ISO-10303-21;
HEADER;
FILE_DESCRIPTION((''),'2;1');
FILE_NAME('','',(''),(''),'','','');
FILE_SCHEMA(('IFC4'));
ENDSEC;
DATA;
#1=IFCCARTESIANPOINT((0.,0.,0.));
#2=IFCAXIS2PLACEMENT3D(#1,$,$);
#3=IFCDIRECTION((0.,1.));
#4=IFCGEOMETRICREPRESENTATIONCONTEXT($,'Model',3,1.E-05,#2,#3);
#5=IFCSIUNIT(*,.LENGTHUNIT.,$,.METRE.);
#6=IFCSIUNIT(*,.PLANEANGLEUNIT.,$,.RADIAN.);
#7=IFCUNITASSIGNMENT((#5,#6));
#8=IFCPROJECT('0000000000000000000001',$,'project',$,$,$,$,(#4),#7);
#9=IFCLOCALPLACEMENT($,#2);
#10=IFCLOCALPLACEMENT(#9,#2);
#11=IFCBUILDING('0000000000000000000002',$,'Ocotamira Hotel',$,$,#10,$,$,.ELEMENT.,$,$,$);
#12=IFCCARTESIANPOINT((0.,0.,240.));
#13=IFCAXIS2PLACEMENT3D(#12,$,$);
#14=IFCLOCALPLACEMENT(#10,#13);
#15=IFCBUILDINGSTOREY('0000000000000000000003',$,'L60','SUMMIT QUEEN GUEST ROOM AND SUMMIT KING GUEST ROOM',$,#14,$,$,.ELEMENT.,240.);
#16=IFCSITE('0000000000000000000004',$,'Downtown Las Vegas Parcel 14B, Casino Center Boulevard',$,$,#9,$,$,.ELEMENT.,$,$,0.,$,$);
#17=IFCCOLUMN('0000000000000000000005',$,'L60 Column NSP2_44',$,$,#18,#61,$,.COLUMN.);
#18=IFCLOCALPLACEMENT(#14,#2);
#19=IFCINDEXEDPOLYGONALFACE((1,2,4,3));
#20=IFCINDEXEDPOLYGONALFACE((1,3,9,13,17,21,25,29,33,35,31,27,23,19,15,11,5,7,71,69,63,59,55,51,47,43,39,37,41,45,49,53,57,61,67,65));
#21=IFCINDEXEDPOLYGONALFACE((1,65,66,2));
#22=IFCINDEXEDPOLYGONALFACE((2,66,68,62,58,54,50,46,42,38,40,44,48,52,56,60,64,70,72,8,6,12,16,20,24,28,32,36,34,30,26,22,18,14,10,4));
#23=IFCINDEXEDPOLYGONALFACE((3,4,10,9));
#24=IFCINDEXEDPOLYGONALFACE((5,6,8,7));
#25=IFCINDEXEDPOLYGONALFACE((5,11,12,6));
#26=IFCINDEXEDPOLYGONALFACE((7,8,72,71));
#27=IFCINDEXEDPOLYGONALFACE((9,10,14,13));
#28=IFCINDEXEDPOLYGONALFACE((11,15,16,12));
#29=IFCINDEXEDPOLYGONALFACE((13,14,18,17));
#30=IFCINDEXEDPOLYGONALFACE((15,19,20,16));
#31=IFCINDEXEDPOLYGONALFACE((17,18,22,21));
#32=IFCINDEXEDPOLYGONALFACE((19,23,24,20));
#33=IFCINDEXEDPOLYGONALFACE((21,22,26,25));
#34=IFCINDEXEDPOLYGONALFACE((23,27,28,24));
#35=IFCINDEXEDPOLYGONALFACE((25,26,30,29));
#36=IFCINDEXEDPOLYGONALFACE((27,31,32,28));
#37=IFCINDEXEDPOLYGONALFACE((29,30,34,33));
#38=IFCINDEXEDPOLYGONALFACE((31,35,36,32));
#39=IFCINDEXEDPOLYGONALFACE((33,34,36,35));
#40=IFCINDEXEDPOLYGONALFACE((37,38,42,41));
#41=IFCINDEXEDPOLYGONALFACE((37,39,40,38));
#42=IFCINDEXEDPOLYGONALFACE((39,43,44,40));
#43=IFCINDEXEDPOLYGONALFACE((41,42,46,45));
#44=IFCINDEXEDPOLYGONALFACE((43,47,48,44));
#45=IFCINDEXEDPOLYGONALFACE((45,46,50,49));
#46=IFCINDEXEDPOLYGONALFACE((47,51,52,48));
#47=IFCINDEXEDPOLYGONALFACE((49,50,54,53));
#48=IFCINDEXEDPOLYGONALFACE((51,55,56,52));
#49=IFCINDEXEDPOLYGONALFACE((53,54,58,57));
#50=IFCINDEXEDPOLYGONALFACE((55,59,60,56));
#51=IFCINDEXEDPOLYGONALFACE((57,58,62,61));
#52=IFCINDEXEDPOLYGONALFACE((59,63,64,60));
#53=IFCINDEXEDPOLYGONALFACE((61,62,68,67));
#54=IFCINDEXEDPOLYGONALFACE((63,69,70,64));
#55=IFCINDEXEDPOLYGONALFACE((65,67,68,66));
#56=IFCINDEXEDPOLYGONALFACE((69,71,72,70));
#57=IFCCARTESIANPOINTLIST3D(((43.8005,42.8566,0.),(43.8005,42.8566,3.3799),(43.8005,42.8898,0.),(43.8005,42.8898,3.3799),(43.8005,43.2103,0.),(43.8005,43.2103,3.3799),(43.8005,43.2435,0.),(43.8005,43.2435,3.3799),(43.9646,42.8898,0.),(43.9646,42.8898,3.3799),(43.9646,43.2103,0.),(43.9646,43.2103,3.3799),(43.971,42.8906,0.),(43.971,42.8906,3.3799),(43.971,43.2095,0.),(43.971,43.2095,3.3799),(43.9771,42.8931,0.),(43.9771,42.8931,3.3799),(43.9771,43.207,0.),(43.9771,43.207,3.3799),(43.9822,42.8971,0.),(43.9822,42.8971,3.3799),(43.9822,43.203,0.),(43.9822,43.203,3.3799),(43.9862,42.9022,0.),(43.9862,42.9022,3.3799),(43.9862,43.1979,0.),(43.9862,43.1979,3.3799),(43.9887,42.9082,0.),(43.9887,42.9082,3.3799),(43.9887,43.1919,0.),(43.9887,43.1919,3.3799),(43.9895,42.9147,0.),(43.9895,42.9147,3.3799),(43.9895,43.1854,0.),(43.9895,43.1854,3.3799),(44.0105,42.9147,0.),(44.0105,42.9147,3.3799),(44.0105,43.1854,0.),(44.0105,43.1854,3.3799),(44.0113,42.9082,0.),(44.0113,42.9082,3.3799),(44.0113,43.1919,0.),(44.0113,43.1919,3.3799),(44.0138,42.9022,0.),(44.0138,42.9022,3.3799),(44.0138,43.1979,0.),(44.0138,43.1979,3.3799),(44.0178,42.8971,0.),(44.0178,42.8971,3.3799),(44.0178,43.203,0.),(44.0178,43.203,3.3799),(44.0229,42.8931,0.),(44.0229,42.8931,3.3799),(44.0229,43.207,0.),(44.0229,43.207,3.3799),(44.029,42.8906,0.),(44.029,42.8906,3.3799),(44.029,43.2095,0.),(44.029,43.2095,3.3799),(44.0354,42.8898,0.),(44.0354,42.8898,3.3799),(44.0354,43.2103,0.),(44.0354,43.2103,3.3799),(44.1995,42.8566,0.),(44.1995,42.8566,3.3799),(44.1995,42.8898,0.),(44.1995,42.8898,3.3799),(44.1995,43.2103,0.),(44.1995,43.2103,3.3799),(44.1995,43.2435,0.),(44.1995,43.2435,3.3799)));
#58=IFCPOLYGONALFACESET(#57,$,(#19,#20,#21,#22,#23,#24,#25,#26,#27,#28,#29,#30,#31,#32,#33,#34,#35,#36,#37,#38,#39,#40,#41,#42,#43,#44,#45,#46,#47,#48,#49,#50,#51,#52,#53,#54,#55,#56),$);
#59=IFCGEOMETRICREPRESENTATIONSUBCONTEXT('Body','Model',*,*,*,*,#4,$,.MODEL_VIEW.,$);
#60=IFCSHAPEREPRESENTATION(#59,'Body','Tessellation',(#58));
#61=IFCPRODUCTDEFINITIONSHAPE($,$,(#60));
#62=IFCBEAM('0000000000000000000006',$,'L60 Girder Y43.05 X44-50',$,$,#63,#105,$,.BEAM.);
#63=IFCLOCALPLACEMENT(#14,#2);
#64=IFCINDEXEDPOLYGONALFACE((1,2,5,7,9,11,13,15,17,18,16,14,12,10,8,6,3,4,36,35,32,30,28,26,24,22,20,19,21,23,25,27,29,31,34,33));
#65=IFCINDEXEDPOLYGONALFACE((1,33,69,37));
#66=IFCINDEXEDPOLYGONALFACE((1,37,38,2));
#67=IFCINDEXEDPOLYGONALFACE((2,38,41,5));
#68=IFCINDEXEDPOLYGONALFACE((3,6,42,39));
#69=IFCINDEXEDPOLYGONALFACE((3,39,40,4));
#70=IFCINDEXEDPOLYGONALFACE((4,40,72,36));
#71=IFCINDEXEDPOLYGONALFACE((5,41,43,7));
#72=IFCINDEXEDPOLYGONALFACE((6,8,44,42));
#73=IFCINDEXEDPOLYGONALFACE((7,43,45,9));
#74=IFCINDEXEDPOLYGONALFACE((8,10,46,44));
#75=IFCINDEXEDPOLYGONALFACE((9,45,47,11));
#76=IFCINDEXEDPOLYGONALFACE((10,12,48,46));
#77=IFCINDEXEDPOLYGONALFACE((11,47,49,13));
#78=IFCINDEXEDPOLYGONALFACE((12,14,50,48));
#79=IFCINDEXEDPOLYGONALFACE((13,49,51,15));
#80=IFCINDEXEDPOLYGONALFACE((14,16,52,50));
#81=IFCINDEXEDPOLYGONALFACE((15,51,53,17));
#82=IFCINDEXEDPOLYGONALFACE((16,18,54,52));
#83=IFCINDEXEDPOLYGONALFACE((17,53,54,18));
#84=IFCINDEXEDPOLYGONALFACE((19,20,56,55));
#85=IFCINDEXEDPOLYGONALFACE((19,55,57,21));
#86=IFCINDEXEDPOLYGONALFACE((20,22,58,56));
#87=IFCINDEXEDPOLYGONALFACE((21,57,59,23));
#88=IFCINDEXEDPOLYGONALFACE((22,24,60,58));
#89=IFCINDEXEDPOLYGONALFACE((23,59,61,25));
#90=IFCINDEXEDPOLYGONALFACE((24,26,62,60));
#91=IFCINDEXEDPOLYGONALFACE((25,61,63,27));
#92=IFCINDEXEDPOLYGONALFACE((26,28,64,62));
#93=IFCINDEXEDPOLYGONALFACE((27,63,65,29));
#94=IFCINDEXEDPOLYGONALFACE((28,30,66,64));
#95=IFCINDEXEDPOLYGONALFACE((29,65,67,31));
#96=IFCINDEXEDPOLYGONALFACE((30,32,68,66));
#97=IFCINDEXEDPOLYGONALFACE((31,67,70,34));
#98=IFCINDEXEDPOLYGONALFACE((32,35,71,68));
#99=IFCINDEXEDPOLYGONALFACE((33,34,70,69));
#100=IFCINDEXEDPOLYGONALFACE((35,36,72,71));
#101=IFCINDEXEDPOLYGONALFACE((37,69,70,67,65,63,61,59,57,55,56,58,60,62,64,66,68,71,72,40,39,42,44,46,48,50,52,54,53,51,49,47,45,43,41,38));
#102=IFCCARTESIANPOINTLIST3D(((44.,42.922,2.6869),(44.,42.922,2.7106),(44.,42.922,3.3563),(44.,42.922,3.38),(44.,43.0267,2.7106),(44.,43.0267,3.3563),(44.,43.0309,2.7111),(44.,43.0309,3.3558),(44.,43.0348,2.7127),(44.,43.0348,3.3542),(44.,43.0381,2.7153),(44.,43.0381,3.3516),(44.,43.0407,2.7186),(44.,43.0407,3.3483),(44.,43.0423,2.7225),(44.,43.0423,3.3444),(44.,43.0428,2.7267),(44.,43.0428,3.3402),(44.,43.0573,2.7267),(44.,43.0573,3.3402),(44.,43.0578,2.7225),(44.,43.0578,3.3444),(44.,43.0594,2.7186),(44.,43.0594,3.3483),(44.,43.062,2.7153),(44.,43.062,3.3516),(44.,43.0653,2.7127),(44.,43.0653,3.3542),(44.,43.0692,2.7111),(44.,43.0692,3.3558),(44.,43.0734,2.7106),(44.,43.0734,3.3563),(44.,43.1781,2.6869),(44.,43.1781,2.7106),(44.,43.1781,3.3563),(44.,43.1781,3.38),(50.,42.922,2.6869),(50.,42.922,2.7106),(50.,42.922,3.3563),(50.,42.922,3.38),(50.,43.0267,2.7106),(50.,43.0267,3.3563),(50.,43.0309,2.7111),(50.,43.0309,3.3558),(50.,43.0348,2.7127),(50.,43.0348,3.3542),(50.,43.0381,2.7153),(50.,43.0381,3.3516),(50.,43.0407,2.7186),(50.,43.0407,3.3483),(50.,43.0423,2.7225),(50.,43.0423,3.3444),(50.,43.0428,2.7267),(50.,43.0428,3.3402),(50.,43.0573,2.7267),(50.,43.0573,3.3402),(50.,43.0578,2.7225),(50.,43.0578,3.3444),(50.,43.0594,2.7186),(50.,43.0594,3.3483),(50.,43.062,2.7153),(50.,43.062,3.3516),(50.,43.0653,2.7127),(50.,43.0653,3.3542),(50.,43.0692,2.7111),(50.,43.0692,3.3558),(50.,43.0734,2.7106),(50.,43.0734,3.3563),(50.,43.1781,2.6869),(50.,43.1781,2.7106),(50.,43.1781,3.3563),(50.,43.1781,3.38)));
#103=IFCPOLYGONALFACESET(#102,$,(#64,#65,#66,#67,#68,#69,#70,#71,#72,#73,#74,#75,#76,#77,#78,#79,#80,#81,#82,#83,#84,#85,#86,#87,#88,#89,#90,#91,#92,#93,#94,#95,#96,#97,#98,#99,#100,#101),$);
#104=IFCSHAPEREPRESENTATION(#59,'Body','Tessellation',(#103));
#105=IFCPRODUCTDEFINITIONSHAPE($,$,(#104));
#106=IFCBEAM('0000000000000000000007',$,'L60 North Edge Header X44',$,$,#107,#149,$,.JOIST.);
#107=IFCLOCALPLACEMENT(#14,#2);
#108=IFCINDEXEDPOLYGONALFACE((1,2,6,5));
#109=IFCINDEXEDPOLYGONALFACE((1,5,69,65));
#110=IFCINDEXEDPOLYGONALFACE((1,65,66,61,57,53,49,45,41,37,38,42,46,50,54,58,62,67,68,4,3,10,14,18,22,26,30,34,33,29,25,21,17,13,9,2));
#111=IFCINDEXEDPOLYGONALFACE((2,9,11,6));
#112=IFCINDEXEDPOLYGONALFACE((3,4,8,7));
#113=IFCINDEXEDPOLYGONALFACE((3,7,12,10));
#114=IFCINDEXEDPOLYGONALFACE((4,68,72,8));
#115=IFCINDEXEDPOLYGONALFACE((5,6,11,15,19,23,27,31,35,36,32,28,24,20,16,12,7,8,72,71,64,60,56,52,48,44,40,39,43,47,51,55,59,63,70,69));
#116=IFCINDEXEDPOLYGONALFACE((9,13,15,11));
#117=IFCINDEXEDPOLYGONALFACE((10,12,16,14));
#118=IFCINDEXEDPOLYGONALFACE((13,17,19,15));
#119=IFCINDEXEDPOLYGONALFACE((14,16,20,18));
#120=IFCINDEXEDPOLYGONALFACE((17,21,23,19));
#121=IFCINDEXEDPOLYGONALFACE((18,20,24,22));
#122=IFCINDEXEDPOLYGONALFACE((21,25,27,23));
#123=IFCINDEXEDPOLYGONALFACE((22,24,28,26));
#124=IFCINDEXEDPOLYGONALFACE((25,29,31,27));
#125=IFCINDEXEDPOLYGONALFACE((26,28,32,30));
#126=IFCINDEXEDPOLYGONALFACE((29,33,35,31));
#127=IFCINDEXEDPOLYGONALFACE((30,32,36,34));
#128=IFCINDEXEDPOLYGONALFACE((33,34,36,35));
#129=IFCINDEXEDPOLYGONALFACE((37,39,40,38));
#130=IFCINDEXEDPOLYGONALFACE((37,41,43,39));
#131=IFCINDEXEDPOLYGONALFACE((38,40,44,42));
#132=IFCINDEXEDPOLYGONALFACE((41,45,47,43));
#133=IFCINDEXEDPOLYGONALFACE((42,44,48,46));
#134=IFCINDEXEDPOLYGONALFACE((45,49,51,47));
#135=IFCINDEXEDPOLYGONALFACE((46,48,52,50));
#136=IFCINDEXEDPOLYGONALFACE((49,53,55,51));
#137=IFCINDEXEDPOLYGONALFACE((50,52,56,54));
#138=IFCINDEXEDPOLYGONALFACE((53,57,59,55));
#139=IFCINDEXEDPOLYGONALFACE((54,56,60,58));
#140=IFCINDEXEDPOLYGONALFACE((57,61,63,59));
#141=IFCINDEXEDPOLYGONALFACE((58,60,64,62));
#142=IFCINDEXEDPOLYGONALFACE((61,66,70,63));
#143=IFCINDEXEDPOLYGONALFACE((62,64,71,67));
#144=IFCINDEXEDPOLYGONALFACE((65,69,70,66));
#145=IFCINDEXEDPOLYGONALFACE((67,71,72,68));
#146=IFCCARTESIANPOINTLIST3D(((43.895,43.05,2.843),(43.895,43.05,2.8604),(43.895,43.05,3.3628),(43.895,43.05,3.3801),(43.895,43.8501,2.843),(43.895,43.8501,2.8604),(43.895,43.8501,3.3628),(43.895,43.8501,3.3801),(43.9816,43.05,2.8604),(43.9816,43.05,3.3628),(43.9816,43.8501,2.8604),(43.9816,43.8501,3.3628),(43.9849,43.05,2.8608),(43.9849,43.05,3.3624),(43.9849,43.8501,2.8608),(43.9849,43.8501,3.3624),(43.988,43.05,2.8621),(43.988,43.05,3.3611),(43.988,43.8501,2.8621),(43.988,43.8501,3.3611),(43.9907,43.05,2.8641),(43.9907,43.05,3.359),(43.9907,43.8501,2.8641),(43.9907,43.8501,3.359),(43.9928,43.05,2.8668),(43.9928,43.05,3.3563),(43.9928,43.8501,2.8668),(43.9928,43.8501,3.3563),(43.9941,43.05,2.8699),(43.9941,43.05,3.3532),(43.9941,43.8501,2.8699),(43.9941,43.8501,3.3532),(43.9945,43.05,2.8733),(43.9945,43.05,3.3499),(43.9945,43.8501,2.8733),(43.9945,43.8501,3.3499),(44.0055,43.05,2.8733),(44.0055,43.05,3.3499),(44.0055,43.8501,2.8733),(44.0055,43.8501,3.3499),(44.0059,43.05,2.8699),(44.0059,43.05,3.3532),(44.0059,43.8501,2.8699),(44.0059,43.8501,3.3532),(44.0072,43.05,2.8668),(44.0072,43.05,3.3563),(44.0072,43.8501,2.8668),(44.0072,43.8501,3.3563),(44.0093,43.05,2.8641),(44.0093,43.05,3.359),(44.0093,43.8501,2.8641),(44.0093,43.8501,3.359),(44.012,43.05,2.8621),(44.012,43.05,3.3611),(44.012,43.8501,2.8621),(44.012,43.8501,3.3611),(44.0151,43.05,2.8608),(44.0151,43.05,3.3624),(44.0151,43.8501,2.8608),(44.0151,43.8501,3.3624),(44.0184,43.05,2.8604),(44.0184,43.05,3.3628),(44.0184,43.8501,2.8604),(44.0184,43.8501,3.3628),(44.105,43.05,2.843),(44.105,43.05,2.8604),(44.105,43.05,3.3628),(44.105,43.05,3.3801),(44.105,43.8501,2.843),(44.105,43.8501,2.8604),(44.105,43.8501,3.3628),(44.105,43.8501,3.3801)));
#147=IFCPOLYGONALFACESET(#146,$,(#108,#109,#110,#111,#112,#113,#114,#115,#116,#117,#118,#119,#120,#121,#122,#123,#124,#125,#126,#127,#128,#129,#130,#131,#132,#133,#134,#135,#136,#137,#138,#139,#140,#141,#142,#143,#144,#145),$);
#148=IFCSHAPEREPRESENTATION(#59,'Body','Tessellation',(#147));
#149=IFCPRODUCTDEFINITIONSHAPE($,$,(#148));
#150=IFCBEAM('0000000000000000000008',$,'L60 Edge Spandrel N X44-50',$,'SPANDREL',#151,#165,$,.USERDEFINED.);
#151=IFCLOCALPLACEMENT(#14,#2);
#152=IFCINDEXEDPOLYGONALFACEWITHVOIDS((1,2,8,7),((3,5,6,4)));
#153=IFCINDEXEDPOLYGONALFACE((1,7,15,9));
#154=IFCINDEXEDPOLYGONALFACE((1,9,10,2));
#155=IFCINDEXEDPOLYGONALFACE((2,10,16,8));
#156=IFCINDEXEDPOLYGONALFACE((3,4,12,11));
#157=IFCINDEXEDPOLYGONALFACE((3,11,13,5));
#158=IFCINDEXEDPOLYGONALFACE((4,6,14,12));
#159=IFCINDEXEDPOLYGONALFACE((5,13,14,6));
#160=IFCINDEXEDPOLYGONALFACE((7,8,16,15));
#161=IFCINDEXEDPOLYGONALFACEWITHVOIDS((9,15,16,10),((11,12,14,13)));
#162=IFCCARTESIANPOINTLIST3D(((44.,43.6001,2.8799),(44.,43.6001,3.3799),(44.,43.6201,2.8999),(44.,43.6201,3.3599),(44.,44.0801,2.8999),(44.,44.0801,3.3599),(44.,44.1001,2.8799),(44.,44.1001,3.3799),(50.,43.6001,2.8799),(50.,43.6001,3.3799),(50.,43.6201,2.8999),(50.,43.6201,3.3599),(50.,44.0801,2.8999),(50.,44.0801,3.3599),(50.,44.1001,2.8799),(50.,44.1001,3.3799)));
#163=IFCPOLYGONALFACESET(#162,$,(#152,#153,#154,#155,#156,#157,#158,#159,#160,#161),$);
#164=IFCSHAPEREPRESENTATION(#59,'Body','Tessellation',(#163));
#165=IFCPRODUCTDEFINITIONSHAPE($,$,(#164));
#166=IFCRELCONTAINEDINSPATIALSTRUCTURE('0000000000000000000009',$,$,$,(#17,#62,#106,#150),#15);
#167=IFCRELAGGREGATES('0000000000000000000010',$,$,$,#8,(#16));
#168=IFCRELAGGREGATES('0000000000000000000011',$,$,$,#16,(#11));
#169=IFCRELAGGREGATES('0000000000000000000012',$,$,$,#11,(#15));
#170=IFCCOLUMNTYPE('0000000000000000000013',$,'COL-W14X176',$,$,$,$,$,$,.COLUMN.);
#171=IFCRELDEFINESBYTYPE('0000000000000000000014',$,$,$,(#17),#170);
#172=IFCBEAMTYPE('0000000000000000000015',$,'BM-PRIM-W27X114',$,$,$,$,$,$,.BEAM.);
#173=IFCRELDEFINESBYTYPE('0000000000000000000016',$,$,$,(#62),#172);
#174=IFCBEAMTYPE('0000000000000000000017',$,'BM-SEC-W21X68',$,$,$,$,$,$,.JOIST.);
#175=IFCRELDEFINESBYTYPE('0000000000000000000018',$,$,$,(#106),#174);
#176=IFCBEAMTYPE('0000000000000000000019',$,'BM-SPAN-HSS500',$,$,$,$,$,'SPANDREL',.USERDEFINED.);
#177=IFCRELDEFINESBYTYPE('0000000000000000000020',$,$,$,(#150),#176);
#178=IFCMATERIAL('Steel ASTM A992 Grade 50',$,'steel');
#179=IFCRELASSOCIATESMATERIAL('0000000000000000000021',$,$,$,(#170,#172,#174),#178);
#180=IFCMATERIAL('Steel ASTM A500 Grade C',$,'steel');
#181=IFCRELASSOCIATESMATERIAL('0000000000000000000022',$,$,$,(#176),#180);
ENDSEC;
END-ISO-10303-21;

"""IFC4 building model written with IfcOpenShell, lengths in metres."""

from ifc_helpers import new_model, si_unit, direction, frame, origin, origin_2d, place, context, subcontext, project, spatial, hollow_rectangle, i_section, extrude, source, transform, mapped, material, material_profile, profile_set, type_object, element, save


model = new_model("IFC4")

# Units and contexts
model_context = context("Model", 3, precision=1e-05, world=origin(), true_north=direction((0.0, 1.0)))
body_context = subcontext(model_context, "Body", "Model", "MODEL_VIEW")
ifc_project = project(units=[si_unit("LENGTHUNIT", "METRE"), si_unit("PLANEANGLEUNIT", "RADIAN")], contexts=[model_context])

# Site, building, storey
site_placement = place(None, origin())
site = spatial("IfcSite", under=ifc_project, at=site_placement, Name="Downtown Las Vegas Parcel 14B, Casino Center Boulevard", CompositionType="ELEMENT", RefElevation=0.0)
building_placement = place(site_placement, origin())
building = spatial("IfcBuilding", under=site, at=building_placement, Name="Ocotamira Hotel", CompositionType="ELEMENT")
storey_placement = place(building_placement, frame((0.0, 0.0, 240.0)))
storey = spatial("IfcBuildingStorey", under=building, at=storey_placement, Name="L60", Description="SUMMIT QUEEN GUEST ROOM AND SUMMIT KING GUEST ROOM", CompositionType="ELEMENT", Elevation=240.0)

# Column
ifc_material_1 = material(Name="Steel ASTM A992 Grade 50", Category="steel")
ifc_material_profile_1 = material_profile(ifc_material_1, i_section(OverallWidth=0.3989, OverallDepth=0.387, WebThickness=0.021, FlangeThickness=0.0332, FilletRadius=0.0249, at=origin_2d()), Name="W14X176")
ifc_profile_set_1 = profile_set([ifc_material_profile_1], Name="Steel ASTM A992 Grade 50")
column_type = type_object("IfcColumnType", Name="COL-W14X176", PredefinedType="COLUMN", material=ifc_profile_set_1)
shared_shape_1 = source(origin(), body_context, "Body", "SweptSolid", [
    extrude(i_section(OverallWidth=0.3989, OverallDepth=0.387, WebThickness=0.021, FlangeThickness=0.0332, FilletRadius=0.0249, at=origin_2d()), origin(), (0.0, 0.0, 1.0), 3.3799),
])
column_placement = place(storey_placement, frame((44.0, 43.05, 0.0), z_axis=(0.0, 0.0, 1.0), x_axis=(1.0, 0.0, 0.0)))
element("IfcColumn", 1, at=column_placement, inside=storey, type_object=column_type, Name="L60 Column NSP2_44", PredefinedType="COLUMN", context=body_context, shape_type="MappedRepresentation", body=[
    mapped(shared_shape_1, transform((0.0, 0.0, 0.0), scale=1.0)),
])

# Beams
ifc_material_profile_2 = material_profile(ifc_material_1, i_section(OverallWidth=0.2561, OverallDepth=0.6931, WebThickness=0.0144, FlangeThickness=0.0237, FilletRadius=0.0161, at=origin_2d()), Name="W27X114")
ifc_profile_set_2 = profile_set([ifc_material_profile_2], Name="Steel ASTM A992 Grade 50")
beam_type_1 = type_object("IfcBeamType", Name="BM-PRIM-W27X114", PredefinedType="BEAM", material=ifc_profile_set_2)
shared_shape_2 = source(origin(), body_context, "Body", "SweptSolid", [
    extrude(i_section(OverallWidth=0.2561, OverallDepth=0.6931, WebThickness=0.0144, FlangeThickness=0.0237, FilletRadius=0.0161, at=origin_2d()), origin(), (0.0, 0.0, 1.0), 6.0),
])
beam_1_placement = place(storey_placement, frame((44.0, 43.05, 3.0334), z_axis=(1.0, 0.0, 0.0), x_axis=(0.0, 1.0, 0.0)))
element("IfcBeam", 2, at=beam_1_placement, inside=storey, type_object=beam_type_1, Name="L60 Girder Y43.05 X44-50", PredefinedType="BEAM", context=body_context, shape_type="MappedRepresentation", body=[
    mapped(shared_shape_2, transform((0.0, 0.0, 0.0), scale=1.0)),
])
ifc_material_profile_3 = material_profile(ifc_material_1, i_section(OverallWidth=0.21, OverallDepth=0.5371, WebThickness=0.011, FlangeThickness=0.0173, FilletRadius=0.0129, at=origin_2d()), Name="W21X68")
ifc_profile_set_3 = profile_set([ifc_material_profile_3], Name="Steel ASTM A992 Grade 50")
beam_type_2 = type_object("IfcBeamType", Name="BM-SEC-W21X68", PredefinedType="JOIST", material=ifc_profile_set_3)
shared_shape_3 = source(origin(), body_context, "Body", "SweptSolid", [
    extrude(i_section(OverallWidth=0.21, OverallDepth=0.5371, WebThickness=0.011, FlangeThickness=0.0173, FilletRadius=0.0129, at=origin_2d()), origin(), (0.0, 0.0, 1.0), 0.8),
])
beam_2_placement = place(storey_placement, frame((44.0, 43.05, 3.1116), z_axis=(0.0, 1.0, 0.0), x_axis=(-1.0, 0.0, 0.0)))
element("IfcBeam", 3, at=beam_2_placement, inside=storey, type_object=beam_type_2, Name="L60 North Edge Header X44", PredefinedType="JOIST", context=body_context, shape_type="MappedRepresentation", body=[
    mapped(shared_shape_3, transform((0.0, 0.0, 0.0), scale=1.0)),
])
ifc_material_2 = material(Name="Steel ASTM A500 Grade C", Category="steel")
ifc_material_profile_4 = material_profile(ifc_material_2, hollow_rectangle(XDim=0.5, YDim=0.5, WallThickness=0.02, at=origin_2d()), Name="HSS500X500X20")
ifc_profile_set_4 = profile_set([ifc_material_profile_4], Name="Steel ASTM A500 Grade C")
beam_type_3 = type_object("IfcBeamType", Name="BM-SPAN-HSS500", ElementType="SPANDREL", PredefinedType="USERDEFINED", material=ifc_profile_set_4)
shared_shape_4 = source(origin(), body_context, "Body", "SweptSolid", [
    extrude(hollow_rectangle(XDim=0.5, YDim=0.5, WallThickness=0.02, at=origin_2d()), origin(), (0.0, 0.0, 1.0), 6.0),
])
beam_3_placement = place(storey_placement, frame((44.0, 43.8501, 3.1299), z_axis=(1.0, 0.0, 0.0), x_axis=(0.0, 1.0, 0.0)))
element("IfcBeam", 4, at=beam_3_placement, inside=storey, type_object=beam_type_3, Name="L60 Edge Spandrel N X44-50", ObjectType="SPANDREL", PredefinedType="USERDEFINED", context=body_context, shape_type="MappedRepresentation", body=[
    mapped(shared_shape_4, transform((0.0, 0.0, 0.0), scale=1.0)),
])

save(model, "model.ifc")
